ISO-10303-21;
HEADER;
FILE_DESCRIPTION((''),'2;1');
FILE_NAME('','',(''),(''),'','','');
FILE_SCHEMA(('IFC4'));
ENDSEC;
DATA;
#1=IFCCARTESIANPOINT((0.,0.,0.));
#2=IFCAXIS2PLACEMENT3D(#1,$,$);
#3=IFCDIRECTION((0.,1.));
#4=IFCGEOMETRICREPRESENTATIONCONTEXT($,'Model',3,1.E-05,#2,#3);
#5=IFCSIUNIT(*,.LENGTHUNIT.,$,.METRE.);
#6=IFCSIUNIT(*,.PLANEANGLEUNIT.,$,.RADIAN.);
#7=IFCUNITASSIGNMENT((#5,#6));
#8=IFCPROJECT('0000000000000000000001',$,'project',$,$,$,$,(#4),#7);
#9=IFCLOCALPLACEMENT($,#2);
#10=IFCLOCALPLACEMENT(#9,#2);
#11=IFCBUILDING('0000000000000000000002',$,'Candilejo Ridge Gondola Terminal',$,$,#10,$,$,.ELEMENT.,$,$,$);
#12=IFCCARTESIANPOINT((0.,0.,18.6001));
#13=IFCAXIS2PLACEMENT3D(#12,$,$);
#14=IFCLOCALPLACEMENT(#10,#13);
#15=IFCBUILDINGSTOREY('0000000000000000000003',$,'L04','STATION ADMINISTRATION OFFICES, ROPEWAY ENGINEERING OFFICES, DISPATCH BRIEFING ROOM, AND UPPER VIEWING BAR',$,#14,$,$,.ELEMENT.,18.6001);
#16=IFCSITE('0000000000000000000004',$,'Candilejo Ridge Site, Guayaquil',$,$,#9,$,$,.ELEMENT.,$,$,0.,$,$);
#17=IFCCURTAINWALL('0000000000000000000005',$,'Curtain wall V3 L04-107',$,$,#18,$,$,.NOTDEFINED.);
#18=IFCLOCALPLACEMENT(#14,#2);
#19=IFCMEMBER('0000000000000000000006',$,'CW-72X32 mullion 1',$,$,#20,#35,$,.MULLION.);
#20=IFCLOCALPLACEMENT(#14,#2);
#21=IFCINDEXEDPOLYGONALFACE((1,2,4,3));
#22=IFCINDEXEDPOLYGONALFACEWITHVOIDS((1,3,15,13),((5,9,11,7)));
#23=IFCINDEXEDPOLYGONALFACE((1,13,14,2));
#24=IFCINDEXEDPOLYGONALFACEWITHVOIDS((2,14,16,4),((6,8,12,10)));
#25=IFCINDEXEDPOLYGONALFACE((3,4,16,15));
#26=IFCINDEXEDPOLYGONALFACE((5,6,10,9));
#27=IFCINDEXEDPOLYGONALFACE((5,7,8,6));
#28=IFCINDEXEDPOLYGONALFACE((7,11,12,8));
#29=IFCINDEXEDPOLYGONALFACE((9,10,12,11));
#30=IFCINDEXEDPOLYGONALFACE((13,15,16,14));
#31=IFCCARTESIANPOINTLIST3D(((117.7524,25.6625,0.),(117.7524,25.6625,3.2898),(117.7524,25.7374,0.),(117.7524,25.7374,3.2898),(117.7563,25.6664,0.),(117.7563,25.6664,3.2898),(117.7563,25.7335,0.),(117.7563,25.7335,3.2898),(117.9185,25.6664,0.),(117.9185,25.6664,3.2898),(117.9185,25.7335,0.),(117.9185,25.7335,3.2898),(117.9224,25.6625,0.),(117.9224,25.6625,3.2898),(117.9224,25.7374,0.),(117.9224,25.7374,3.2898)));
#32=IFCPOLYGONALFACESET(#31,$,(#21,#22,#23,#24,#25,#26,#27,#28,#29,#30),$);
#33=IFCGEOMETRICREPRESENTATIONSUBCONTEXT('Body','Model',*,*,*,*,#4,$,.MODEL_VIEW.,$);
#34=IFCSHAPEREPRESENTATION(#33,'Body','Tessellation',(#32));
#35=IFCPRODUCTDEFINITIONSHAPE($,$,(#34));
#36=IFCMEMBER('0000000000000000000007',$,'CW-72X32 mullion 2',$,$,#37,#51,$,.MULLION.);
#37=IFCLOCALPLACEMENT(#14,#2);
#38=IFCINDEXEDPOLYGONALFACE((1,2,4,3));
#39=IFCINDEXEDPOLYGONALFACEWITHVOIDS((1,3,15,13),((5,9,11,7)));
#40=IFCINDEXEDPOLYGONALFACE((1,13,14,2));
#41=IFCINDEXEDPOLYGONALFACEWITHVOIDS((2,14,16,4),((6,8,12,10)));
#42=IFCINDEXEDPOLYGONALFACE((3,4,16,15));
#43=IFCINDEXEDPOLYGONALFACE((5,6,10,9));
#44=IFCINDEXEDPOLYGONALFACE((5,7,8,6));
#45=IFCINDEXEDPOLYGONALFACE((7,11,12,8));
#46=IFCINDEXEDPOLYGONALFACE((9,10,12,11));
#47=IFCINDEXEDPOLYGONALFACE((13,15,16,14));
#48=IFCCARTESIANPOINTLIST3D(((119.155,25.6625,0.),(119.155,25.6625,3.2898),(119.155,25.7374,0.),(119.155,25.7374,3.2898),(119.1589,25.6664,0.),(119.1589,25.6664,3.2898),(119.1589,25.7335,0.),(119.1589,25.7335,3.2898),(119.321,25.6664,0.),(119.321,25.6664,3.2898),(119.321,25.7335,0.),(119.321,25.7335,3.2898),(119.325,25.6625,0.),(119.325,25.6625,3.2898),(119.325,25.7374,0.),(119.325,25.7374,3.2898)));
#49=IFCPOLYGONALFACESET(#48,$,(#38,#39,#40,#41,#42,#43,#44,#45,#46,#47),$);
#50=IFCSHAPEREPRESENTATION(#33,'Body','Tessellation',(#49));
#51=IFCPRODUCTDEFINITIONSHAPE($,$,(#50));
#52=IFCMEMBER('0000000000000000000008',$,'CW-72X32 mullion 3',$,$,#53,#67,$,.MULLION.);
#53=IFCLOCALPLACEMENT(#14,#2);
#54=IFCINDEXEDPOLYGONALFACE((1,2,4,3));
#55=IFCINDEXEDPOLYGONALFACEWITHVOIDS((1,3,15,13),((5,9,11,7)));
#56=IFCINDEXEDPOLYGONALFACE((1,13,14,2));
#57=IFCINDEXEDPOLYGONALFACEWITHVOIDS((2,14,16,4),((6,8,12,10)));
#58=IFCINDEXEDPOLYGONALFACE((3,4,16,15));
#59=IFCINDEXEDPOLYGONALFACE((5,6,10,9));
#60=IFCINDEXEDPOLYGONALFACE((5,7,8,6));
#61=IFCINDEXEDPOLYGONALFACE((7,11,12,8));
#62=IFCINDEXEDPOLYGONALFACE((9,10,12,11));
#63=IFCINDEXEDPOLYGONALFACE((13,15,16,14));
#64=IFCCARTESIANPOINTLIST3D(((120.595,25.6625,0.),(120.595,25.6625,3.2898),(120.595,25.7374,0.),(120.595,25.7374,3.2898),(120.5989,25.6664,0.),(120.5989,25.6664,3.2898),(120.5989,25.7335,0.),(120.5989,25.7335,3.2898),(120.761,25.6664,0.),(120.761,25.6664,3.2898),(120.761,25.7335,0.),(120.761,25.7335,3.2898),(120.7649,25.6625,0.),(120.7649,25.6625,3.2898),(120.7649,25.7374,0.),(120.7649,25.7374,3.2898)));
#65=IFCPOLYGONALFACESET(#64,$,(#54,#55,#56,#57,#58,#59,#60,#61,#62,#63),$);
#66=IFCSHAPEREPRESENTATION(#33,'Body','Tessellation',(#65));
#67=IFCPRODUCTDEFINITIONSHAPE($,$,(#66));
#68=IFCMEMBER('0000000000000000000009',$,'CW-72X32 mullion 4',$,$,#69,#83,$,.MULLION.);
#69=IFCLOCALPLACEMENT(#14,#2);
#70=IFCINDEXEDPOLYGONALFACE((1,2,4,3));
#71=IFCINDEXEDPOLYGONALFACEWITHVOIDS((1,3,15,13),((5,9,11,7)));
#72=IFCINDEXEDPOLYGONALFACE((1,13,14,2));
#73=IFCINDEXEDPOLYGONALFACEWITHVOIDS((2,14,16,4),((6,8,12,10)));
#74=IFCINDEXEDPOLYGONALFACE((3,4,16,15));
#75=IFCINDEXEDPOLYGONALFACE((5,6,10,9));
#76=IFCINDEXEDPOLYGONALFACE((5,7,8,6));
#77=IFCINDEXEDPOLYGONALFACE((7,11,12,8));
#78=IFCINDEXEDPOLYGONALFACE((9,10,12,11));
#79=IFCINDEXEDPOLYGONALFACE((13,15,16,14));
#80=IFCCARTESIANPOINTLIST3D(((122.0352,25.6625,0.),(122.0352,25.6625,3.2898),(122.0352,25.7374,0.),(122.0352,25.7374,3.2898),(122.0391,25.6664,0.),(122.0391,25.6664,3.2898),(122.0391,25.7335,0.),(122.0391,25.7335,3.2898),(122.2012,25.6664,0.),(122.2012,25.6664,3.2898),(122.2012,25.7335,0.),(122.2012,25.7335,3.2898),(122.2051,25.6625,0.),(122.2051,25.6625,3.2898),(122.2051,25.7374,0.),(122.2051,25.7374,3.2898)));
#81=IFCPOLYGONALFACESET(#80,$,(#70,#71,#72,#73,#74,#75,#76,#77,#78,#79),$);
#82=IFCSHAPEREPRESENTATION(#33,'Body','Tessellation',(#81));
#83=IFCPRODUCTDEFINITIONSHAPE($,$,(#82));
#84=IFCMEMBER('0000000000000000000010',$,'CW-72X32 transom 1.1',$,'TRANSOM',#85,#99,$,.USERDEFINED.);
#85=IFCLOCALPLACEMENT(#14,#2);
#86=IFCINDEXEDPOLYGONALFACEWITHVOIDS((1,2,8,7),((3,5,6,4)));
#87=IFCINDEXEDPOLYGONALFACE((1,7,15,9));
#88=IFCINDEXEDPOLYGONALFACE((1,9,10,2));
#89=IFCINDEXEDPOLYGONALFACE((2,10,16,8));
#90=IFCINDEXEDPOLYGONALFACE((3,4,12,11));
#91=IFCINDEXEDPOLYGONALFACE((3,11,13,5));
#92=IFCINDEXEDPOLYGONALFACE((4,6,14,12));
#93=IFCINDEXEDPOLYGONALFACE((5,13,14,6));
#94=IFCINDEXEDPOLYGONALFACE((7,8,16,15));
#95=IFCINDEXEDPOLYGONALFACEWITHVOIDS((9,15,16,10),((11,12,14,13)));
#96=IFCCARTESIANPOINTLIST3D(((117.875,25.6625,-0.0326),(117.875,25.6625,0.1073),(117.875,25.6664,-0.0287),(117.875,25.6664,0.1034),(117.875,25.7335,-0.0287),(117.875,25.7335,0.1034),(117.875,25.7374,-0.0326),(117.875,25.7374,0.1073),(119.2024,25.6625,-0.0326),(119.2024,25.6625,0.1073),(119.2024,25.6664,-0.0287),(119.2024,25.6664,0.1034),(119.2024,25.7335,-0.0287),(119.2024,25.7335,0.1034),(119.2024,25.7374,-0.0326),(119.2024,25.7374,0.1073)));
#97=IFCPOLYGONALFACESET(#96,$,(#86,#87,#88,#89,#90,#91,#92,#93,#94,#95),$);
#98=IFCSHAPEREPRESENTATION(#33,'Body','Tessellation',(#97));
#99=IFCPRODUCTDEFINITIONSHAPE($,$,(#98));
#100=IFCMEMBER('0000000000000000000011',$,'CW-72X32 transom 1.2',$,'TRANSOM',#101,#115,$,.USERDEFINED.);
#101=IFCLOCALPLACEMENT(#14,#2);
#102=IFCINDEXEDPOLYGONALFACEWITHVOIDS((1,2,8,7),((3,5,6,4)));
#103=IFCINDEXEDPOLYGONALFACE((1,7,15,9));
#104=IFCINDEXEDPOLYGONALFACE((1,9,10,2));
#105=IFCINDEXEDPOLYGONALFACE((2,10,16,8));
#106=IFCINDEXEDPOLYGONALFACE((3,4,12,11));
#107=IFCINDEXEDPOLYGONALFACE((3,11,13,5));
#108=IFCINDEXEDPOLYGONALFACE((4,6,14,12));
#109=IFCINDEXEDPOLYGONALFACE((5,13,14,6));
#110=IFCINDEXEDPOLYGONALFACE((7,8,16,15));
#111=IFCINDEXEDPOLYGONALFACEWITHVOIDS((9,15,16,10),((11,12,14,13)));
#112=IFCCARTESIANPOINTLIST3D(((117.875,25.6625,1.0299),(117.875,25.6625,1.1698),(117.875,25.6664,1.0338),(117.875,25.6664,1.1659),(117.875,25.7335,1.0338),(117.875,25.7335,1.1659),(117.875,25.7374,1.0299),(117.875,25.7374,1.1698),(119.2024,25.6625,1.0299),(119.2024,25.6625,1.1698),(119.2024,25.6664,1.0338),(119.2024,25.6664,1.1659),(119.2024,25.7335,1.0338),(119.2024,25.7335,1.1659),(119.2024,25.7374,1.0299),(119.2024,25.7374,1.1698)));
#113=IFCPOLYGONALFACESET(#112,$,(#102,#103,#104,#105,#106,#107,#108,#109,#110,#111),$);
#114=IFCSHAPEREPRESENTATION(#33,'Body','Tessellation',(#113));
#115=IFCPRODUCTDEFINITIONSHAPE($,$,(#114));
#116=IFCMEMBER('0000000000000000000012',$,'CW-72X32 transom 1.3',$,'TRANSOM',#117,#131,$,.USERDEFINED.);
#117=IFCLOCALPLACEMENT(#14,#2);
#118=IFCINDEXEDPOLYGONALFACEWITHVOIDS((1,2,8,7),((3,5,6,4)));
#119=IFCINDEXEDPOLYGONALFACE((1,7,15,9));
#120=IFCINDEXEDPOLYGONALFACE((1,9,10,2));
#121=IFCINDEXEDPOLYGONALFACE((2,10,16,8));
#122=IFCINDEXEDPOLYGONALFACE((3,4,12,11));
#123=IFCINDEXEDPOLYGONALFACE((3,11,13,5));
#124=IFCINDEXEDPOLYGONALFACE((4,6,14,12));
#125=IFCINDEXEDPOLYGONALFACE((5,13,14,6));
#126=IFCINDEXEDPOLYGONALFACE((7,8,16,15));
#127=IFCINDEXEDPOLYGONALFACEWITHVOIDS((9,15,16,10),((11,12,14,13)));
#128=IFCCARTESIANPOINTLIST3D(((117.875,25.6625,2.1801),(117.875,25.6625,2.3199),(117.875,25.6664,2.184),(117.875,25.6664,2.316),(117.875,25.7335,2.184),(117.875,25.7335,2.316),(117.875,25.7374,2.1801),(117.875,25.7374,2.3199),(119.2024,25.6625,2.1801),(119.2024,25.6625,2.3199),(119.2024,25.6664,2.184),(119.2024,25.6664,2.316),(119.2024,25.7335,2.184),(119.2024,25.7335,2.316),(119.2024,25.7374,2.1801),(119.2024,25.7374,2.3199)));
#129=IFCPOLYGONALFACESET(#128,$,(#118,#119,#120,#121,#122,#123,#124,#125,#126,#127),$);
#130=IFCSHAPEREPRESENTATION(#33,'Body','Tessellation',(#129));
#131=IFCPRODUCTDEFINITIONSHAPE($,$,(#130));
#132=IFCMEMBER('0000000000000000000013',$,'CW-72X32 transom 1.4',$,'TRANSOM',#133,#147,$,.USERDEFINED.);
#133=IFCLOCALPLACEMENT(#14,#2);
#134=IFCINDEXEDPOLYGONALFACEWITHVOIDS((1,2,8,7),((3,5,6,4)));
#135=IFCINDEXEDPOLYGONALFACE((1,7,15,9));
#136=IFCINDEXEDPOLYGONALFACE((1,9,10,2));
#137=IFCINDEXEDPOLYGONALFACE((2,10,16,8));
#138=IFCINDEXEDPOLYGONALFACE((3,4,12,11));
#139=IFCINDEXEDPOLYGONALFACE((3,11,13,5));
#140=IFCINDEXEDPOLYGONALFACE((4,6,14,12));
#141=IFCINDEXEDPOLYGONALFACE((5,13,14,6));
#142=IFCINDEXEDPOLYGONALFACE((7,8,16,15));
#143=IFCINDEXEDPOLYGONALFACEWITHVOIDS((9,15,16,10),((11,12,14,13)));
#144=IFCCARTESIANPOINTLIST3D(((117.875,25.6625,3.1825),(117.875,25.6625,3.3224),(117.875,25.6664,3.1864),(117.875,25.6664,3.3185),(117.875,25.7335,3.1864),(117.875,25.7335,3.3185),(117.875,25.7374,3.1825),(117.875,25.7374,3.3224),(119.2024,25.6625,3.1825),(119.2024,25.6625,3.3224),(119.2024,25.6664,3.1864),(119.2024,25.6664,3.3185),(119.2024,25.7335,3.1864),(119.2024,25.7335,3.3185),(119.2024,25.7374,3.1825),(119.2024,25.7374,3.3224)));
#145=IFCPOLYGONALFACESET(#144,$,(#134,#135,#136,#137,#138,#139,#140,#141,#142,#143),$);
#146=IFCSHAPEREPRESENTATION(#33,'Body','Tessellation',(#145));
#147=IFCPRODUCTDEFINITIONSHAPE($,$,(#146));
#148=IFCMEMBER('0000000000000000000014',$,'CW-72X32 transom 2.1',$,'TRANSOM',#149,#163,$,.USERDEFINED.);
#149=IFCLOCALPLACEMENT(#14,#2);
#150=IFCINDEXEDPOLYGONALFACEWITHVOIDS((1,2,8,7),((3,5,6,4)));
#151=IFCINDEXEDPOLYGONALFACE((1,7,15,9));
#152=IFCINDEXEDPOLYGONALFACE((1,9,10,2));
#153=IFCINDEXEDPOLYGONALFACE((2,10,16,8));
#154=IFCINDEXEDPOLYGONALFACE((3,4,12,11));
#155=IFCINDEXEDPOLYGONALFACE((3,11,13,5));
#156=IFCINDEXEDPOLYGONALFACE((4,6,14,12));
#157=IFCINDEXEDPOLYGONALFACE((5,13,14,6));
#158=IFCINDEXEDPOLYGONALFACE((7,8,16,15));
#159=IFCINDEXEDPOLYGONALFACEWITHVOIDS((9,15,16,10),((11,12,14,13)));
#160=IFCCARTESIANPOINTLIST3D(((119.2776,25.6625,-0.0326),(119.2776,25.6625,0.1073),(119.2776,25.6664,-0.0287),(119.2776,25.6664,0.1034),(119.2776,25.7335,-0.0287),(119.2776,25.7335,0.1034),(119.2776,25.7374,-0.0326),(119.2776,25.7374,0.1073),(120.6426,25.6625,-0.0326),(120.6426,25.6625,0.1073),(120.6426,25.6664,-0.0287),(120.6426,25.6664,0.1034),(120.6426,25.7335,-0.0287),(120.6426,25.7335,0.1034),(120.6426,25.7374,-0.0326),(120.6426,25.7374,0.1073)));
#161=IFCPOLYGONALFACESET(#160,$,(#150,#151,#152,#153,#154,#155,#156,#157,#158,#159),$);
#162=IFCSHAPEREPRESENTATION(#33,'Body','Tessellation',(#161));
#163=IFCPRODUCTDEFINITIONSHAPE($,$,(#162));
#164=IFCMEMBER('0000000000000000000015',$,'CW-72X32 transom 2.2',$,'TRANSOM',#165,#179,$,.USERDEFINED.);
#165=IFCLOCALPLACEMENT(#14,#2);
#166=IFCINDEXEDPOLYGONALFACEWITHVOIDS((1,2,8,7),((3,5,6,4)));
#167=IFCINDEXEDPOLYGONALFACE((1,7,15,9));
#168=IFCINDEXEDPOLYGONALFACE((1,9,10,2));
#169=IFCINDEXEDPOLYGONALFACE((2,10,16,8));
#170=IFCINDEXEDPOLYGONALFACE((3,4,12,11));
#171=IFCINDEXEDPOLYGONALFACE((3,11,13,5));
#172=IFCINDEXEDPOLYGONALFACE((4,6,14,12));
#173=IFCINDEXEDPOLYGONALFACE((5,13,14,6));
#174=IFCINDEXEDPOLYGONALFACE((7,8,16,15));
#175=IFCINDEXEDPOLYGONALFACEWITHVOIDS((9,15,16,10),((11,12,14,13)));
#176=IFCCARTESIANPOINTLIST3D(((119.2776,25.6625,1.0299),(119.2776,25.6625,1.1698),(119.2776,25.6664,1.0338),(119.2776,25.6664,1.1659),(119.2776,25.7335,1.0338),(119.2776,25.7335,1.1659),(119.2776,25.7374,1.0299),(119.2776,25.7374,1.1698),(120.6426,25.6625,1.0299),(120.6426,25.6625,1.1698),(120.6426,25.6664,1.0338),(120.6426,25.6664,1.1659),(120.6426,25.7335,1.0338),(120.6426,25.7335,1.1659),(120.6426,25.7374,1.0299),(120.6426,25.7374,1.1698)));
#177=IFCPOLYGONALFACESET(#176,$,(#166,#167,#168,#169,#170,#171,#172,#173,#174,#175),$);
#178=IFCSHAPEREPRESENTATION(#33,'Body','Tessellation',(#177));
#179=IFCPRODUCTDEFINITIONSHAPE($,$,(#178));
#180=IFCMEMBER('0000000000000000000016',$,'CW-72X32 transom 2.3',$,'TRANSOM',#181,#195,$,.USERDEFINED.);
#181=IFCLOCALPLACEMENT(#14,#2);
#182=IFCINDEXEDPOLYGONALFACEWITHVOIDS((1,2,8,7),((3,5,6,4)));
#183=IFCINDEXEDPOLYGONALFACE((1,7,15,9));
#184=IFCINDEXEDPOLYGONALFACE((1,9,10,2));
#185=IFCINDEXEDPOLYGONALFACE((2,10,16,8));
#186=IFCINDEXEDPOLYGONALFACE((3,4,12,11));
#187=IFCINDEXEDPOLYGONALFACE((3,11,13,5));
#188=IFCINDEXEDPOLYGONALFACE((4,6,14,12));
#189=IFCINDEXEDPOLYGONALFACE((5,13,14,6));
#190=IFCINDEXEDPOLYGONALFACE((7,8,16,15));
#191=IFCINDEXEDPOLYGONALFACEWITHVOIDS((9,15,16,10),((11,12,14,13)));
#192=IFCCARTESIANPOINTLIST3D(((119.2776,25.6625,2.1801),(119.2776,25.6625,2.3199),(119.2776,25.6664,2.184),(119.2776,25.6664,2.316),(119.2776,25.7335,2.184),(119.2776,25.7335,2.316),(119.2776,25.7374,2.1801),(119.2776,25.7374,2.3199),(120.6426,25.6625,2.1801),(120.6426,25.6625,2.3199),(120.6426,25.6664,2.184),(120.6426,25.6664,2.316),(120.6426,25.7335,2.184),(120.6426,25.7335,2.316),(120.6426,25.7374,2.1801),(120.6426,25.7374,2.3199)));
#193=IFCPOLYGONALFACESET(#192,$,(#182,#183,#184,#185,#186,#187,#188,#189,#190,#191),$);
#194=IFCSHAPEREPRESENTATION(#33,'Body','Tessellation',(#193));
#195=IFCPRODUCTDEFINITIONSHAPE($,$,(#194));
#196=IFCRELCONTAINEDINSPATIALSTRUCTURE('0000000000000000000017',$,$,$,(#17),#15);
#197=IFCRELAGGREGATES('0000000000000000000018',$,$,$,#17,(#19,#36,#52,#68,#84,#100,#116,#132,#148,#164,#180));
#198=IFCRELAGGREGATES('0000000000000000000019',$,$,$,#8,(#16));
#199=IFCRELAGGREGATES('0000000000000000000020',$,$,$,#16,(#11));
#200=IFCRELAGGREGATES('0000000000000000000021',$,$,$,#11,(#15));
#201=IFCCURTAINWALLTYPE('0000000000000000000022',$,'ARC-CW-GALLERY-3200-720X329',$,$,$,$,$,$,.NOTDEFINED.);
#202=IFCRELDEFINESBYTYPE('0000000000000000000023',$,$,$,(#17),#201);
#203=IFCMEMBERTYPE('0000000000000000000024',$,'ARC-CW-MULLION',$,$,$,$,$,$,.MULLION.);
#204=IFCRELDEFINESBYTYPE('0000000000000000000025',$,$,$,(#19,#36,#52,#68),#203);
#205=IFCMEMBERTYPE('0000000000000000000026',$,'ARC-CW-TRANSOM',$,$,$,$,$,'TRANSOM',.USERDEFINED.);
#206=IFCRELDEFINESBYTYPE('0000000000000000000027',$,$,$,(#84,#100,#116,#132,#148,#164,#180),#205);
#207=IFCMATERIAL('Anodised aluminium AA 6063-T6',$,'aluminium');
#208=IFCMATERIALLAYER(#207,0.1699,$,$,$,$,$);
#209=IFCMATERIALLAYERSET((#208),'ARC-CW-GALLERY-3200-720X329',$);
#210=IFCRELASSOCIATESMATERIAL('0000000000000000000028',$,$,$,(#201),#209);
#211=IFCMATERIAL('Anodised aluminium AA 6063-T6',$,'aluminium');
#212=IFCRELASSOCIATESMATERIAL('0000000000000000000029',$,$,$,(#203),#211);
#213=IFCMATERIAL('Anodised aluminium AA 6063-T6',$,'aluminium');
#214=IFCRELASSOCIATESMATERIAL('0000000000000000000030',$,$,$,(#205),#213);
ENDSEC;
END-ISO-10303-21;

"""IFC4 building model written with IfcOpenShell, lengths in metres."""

from ifc_helpers import new_model, si_unit, direction, frame, origin, origin_2d, place, context, subcontext, project, spatial, hollow_rectangle, extrude, material, layer, layer_set, material_profile, profile_set, type_object, element, aggregate, save


model = new_model("IFC4")

# Units and contexts
model_context = context("Model", 3, precision=1e-05, world=origin(), true_north=direction((0.0, 1.0)))
body_context = subcontext(model_context, "Body", "Model", "MODEL_VIEW")
ifc_project = project(units=[si_unit("LENGTHUNIT", "METRE"), si_unit("PLANEANGLEUNIT", "RADIAN")], contexts=[model_context])

# Site, building, storey
site_placement = place(None, origin())
site = spatial("IfcSite", under=ifc_project, at=site_placement, Name="Candilejo Ridge Site, Guayaquil", CompositionType="ELEMENT", RefElevation=0.0)
building_placement = place(site_placement, origin())
building = spatial("IfcBuilding", under=site, at=building_placement, Name="Candilejo Ridge Gondola Terminal", CompositionType="ELEMENT")
storey_placement = place(building_placement, frame((0.0, 0.0, 18.6001)))
storey = spatial("IfcBuildingStorey", under=building, at=storey_placement, Name="L04", Description="STATION ADMINISTRATION OFFICES, ROPEWAY ENGINEERING OFFICES, DISPATCH BRIEFING ROOM, AND UPPER VIEWING BAR", CompositionType="ELEMENT", Elevation=18.6001)

# Curtain wall, members
ifc_material_1 = material(Name="Anodised aluminium AA 6063-T6", Category="aluminium")
ifc_layer_1 = layer(ifc_material_1, 0.1699)
ifc_layer_set_1 = layer_set([ifc_layer_1], Name="ARC-CW-GALLERY-3200-720X329")
curtain_wall_type = type_object("IfcCurtainWallType", Name="ARC-CW-GALLERY-3200-720X329", PredefinedType="NOTDEFINED", material=ifc_layer_set_1)
curtain_wall_placement = place(storey_placement, origin())
curtain_wall = element("IfcCurtainWall", 1, at=curtain_wall_placement, inside=storey, type_object=curtain_wall_type, Name="Curtain wall V3 L04-107", PredefinedType="NOTDEFINED")
ifc_material_2 = material(Name="Anodised aluminium AA 6063-T6", Category="aluminium")
ifc_material_profile_1 = material_profile(ifc_material_2, hollow_rectangle(XDim=0.075, YDim=0.1699, WallThickness=0.0039, at=origin_2d()))
ifc_profile_set_1 = profile_set([ifc_material_profile_1], Name="Anodised aluminium AA 6063-T6")
member_type_1 = type_object("IfcMemberType", Name="ARC-CW-MULLION", PredefinedType="MULLION", material=ifc_profile_set_1)
member_1_placement = place(storey_placement, frame((117.8374, 25.7, 0.0), z_axis=(0.0, 0.0, 1.0), x_axis=(0.0, 1.0, 0.0)))
member_1 = element("IfcMember", 2, at=member_1_placement, type_object=member_type_1, Name="CW-72X32 mullion 1", PredefinedType="MULLION", context=body_context, shape_type="SweptSolid", body=[
    extrude(hollow_rectangle(XDim=0.075, YDim=0.1699, WallThickness=0.0039, at=origin_2d()), origin(), (0.0, 0.0, 1.0), 3.2898),
])
member_2_placement = place(storey_placement, frame((119.24, 25.7, 0.0), z_axis=(0.0, 0.0, 1.0), x_axis=(0.0, 1.0, 0.0)))
member_2 = element("IfcMember", 3, at=member_2_placement, type_object=member_type_1, Name="CW-72X32 mullion 2", PredefinedType="MULLION", context=body_context, shape_type="SweptSolid", body=[
    extrude(hollow_rectangle(XDim=0.075, YDim=0.1699, WallThickness=0.0039, at=origin_2d()), origin(), (0.0, 0.0, 1.0), 3.2898),
])
member_3_placement = place(storey_placement, frame((120.6799, 25.7, 0.0), z_axis=(0.0, 0.0, 1.0), x_axis=(0.0, 1.0, 0.0)))
member_3 = element("IfcMember", 4, at=member_3_placement, type_object=member_type_1, Name="CW-72X32 mullion 3", PredefinedType="MULLION", context=body_context, shape_type="SweptSolid", body=[
    extrude(hollow_rectangle(XDim=0.075, YDim=0.1699, WallThickness=0.0039, at=origin_2d()), origin(), (0.0, 0.0, 1.0), 3.2898),
])
member_4_placement = place(storey_placement, frame((122.1201, 25.7, 0.0), z_axis=(0.0, 0.0, 1.0), x_axis=(0.0, 1.0, 0.0)))
member_4 = element("IfcMember", 5, at=member_4_placement, type_object=member_type_1, Name="CW-72X32 mullion 4", PredefinedType="MULLION", context=body_context, shape_type="SweptSolid", body=[
    extrude(hollow_rectangle(XDim=0.075, YDim=0.1699, WallThickness=0.0039, at=origin_2d()), origin(), (0.0, 0.0, 1.0), 3.2898),
])
ifc_material_3 = material(Name="Anodised aluminium AA 6063-T6", Category="aluminium")
ifc_material_profile_2 = material_profile(ifc_material_3, hollow_rectangle(XDim=0.075, YDim=0.1399, WallThickness=0.0039, at=origin_2d()))
ifc_profile_set_2 = profile_set([ifc_material_profile_2], Name="Anodised aluminium AA 6063-T6")
member_type_2 = type_object("IfcMemberType", Name="ARC-CW-TRANSOM", ElementType="TRANSOM", PredefinedType="USERDEFINED", material=ifc_profile_set_2)
member_5_placement = place(storey_placement, frame((117.875, 25.7, 0.0374), z_axis=(1.0, 0.0, 0.0), x_axis=(0.0, 1.0, 0.0)))
member_5 = element("IfcMember", 6, at=member_5_placement, type_object=member_type_2, Name="CW-72X32 transom 1.1", ObjectType="TRANSOM", PredefinedType="USERDEFINED", context=body_context, shape_type="SweptSolid", body=[
    extrude(hollow_rectangle(XDim=0.075, YDim=0.1399, WallThickness=0.0039, at=origin_2d()), origin(), (0.0, 0.0, 1.0), 1.3274),
])
member_6_placement = place(storey_placement, frame((117.875, 25.7, 1.0999), z_axis=(1.0, 0.0, 0.0), x_axis=(0.0, 1.0, 0.0)))
member_6 = element("IfcMember", 7, at=member_6_placement, type_object=member_type_2, Name="CW-72X32 transom 1.2", ObjectType="TRANSOM", PredefinedType="USERDEFINED", context=body_context, shape_type="SweptSolid", body=[
    extrude(hollow_rectangle(XDim=0.075, YDim=0.1399, WallThickness=0.0039, at=origin_2d()), origin(), (0.0, 0.0, 1.0), 1.3274),
])
member_7_placement = place(storey_placement, frame((117.875, 25.7, 2.25), z_axis=(1.0, 0.0, 0.0), x_axis=(0.0, 1.0, 0.0)))
member_7 = element("IfcMember", 8, at=member_7_placement, type_object=member_type_2, Name="CW-72X32 transom 1.3", ObjectType="TRANSOM", PredefinedType="USERDEFINED", context=body_context, shape_type="SweptSolid", body=[
    extrude(hollow_rectangle(XDim=0.075, YDim=0.1399, WallThickness=0.0039, at=origin_2d()), origin(), (0.0, 0.0, 1.0), 1.3274),
])
member_8_placement = place(storey_placement, frame((117.875, 25.7, 3.2524), z_axis=(1.0, 0.0, 0.0), x_axis=(0.0, 1.0, 0.0)))
member_8 = element("IfcMember", 9, at=member_8_placement, type_object=member_type_2, Name="CW-72X32 transom 1.4", ObjectType="TRANSOM", PredefinedType="USERDEFINED", context=body_context, shape_type="SweptSolid", body=[
    extrude(hollow_rectangle(XDim=0.075, YDim=0.1399, WallThickness=0.0039, at=origin_2d()), origin(), (0.0, 0.0, 1.0), 1.3274),
])
member_9_placement = place(storey_placement, frame((119.2776, 25.7, 0.0374), z_axis=(1.0, 0.0, 0.0), x_axis=(0.0, 1.0, 0.0)))
member_9 = element("IfcMember", 10, at=member_9_placement, type_object=member_type_2, Name="CW-72X32 transom 2.1", ObjectType="TRANSOM", PredefinedType="USERDEFINED", context=body_context, shape_type="SweptSolid", body=[
    extrude(hollow_rectangle(XDim=0.075, YDim=0.1399, WallThickness=0.0039, at=origin_2d()), origin(), (0.0, 0.0, 1.0), 1.365),
])
member_10_placement = place(storey_placement, frame((119.2776, 25.7, 1.0999), z_axis=(1.0, 0.0, 0.0), x_axis=(0.0, 1.0, 0.0)))
member_10 = element("IfcMember", 11, at=member_10_placement, type_object=member_type_2, Name="CW-72X32 transom 2.2", ObjectType="TRANSOM", PredefinedType="USERDEFINED", context=body_context, shape_type="SweptSolid", body=[
    extrude(hollow_rectangle(XDim=0.075, YDim=0.1399, WallThickness=0.0039, at=origin_2d()), origin(), (0.0, 0.0, 1.0), 1.365),
])
member_11_placement = place(storey_placement, frame((119.2776, 25.7, 2.25), z_axis=(1.0, 0.0, 0.0), x_axis=(0.0, 1.0, 0.0)))
member_11 = element("IfcMember", 12, at=member_11_placement, type_object=member_type_2, Name="CW-72X32 transom 2.3", ObjectType="TRANSOM", PredefinedType="USERDEFINED", context=body_context, shape_type="SweptSolid", body=[
    extrude(hollow_rectangle(XDim=0.075, YDim=0.1399, WallThickness=0.0039, at=origin_2d()), origin(), (0.0, 0.0, 1.0), 1.365),
])
aggregate(curtain_wall, [member_1, member_2, member_3, member_4, member_5, member_6, member_7, member_8, member_9, member_10, member_11])

save(model, "model.ifc")
